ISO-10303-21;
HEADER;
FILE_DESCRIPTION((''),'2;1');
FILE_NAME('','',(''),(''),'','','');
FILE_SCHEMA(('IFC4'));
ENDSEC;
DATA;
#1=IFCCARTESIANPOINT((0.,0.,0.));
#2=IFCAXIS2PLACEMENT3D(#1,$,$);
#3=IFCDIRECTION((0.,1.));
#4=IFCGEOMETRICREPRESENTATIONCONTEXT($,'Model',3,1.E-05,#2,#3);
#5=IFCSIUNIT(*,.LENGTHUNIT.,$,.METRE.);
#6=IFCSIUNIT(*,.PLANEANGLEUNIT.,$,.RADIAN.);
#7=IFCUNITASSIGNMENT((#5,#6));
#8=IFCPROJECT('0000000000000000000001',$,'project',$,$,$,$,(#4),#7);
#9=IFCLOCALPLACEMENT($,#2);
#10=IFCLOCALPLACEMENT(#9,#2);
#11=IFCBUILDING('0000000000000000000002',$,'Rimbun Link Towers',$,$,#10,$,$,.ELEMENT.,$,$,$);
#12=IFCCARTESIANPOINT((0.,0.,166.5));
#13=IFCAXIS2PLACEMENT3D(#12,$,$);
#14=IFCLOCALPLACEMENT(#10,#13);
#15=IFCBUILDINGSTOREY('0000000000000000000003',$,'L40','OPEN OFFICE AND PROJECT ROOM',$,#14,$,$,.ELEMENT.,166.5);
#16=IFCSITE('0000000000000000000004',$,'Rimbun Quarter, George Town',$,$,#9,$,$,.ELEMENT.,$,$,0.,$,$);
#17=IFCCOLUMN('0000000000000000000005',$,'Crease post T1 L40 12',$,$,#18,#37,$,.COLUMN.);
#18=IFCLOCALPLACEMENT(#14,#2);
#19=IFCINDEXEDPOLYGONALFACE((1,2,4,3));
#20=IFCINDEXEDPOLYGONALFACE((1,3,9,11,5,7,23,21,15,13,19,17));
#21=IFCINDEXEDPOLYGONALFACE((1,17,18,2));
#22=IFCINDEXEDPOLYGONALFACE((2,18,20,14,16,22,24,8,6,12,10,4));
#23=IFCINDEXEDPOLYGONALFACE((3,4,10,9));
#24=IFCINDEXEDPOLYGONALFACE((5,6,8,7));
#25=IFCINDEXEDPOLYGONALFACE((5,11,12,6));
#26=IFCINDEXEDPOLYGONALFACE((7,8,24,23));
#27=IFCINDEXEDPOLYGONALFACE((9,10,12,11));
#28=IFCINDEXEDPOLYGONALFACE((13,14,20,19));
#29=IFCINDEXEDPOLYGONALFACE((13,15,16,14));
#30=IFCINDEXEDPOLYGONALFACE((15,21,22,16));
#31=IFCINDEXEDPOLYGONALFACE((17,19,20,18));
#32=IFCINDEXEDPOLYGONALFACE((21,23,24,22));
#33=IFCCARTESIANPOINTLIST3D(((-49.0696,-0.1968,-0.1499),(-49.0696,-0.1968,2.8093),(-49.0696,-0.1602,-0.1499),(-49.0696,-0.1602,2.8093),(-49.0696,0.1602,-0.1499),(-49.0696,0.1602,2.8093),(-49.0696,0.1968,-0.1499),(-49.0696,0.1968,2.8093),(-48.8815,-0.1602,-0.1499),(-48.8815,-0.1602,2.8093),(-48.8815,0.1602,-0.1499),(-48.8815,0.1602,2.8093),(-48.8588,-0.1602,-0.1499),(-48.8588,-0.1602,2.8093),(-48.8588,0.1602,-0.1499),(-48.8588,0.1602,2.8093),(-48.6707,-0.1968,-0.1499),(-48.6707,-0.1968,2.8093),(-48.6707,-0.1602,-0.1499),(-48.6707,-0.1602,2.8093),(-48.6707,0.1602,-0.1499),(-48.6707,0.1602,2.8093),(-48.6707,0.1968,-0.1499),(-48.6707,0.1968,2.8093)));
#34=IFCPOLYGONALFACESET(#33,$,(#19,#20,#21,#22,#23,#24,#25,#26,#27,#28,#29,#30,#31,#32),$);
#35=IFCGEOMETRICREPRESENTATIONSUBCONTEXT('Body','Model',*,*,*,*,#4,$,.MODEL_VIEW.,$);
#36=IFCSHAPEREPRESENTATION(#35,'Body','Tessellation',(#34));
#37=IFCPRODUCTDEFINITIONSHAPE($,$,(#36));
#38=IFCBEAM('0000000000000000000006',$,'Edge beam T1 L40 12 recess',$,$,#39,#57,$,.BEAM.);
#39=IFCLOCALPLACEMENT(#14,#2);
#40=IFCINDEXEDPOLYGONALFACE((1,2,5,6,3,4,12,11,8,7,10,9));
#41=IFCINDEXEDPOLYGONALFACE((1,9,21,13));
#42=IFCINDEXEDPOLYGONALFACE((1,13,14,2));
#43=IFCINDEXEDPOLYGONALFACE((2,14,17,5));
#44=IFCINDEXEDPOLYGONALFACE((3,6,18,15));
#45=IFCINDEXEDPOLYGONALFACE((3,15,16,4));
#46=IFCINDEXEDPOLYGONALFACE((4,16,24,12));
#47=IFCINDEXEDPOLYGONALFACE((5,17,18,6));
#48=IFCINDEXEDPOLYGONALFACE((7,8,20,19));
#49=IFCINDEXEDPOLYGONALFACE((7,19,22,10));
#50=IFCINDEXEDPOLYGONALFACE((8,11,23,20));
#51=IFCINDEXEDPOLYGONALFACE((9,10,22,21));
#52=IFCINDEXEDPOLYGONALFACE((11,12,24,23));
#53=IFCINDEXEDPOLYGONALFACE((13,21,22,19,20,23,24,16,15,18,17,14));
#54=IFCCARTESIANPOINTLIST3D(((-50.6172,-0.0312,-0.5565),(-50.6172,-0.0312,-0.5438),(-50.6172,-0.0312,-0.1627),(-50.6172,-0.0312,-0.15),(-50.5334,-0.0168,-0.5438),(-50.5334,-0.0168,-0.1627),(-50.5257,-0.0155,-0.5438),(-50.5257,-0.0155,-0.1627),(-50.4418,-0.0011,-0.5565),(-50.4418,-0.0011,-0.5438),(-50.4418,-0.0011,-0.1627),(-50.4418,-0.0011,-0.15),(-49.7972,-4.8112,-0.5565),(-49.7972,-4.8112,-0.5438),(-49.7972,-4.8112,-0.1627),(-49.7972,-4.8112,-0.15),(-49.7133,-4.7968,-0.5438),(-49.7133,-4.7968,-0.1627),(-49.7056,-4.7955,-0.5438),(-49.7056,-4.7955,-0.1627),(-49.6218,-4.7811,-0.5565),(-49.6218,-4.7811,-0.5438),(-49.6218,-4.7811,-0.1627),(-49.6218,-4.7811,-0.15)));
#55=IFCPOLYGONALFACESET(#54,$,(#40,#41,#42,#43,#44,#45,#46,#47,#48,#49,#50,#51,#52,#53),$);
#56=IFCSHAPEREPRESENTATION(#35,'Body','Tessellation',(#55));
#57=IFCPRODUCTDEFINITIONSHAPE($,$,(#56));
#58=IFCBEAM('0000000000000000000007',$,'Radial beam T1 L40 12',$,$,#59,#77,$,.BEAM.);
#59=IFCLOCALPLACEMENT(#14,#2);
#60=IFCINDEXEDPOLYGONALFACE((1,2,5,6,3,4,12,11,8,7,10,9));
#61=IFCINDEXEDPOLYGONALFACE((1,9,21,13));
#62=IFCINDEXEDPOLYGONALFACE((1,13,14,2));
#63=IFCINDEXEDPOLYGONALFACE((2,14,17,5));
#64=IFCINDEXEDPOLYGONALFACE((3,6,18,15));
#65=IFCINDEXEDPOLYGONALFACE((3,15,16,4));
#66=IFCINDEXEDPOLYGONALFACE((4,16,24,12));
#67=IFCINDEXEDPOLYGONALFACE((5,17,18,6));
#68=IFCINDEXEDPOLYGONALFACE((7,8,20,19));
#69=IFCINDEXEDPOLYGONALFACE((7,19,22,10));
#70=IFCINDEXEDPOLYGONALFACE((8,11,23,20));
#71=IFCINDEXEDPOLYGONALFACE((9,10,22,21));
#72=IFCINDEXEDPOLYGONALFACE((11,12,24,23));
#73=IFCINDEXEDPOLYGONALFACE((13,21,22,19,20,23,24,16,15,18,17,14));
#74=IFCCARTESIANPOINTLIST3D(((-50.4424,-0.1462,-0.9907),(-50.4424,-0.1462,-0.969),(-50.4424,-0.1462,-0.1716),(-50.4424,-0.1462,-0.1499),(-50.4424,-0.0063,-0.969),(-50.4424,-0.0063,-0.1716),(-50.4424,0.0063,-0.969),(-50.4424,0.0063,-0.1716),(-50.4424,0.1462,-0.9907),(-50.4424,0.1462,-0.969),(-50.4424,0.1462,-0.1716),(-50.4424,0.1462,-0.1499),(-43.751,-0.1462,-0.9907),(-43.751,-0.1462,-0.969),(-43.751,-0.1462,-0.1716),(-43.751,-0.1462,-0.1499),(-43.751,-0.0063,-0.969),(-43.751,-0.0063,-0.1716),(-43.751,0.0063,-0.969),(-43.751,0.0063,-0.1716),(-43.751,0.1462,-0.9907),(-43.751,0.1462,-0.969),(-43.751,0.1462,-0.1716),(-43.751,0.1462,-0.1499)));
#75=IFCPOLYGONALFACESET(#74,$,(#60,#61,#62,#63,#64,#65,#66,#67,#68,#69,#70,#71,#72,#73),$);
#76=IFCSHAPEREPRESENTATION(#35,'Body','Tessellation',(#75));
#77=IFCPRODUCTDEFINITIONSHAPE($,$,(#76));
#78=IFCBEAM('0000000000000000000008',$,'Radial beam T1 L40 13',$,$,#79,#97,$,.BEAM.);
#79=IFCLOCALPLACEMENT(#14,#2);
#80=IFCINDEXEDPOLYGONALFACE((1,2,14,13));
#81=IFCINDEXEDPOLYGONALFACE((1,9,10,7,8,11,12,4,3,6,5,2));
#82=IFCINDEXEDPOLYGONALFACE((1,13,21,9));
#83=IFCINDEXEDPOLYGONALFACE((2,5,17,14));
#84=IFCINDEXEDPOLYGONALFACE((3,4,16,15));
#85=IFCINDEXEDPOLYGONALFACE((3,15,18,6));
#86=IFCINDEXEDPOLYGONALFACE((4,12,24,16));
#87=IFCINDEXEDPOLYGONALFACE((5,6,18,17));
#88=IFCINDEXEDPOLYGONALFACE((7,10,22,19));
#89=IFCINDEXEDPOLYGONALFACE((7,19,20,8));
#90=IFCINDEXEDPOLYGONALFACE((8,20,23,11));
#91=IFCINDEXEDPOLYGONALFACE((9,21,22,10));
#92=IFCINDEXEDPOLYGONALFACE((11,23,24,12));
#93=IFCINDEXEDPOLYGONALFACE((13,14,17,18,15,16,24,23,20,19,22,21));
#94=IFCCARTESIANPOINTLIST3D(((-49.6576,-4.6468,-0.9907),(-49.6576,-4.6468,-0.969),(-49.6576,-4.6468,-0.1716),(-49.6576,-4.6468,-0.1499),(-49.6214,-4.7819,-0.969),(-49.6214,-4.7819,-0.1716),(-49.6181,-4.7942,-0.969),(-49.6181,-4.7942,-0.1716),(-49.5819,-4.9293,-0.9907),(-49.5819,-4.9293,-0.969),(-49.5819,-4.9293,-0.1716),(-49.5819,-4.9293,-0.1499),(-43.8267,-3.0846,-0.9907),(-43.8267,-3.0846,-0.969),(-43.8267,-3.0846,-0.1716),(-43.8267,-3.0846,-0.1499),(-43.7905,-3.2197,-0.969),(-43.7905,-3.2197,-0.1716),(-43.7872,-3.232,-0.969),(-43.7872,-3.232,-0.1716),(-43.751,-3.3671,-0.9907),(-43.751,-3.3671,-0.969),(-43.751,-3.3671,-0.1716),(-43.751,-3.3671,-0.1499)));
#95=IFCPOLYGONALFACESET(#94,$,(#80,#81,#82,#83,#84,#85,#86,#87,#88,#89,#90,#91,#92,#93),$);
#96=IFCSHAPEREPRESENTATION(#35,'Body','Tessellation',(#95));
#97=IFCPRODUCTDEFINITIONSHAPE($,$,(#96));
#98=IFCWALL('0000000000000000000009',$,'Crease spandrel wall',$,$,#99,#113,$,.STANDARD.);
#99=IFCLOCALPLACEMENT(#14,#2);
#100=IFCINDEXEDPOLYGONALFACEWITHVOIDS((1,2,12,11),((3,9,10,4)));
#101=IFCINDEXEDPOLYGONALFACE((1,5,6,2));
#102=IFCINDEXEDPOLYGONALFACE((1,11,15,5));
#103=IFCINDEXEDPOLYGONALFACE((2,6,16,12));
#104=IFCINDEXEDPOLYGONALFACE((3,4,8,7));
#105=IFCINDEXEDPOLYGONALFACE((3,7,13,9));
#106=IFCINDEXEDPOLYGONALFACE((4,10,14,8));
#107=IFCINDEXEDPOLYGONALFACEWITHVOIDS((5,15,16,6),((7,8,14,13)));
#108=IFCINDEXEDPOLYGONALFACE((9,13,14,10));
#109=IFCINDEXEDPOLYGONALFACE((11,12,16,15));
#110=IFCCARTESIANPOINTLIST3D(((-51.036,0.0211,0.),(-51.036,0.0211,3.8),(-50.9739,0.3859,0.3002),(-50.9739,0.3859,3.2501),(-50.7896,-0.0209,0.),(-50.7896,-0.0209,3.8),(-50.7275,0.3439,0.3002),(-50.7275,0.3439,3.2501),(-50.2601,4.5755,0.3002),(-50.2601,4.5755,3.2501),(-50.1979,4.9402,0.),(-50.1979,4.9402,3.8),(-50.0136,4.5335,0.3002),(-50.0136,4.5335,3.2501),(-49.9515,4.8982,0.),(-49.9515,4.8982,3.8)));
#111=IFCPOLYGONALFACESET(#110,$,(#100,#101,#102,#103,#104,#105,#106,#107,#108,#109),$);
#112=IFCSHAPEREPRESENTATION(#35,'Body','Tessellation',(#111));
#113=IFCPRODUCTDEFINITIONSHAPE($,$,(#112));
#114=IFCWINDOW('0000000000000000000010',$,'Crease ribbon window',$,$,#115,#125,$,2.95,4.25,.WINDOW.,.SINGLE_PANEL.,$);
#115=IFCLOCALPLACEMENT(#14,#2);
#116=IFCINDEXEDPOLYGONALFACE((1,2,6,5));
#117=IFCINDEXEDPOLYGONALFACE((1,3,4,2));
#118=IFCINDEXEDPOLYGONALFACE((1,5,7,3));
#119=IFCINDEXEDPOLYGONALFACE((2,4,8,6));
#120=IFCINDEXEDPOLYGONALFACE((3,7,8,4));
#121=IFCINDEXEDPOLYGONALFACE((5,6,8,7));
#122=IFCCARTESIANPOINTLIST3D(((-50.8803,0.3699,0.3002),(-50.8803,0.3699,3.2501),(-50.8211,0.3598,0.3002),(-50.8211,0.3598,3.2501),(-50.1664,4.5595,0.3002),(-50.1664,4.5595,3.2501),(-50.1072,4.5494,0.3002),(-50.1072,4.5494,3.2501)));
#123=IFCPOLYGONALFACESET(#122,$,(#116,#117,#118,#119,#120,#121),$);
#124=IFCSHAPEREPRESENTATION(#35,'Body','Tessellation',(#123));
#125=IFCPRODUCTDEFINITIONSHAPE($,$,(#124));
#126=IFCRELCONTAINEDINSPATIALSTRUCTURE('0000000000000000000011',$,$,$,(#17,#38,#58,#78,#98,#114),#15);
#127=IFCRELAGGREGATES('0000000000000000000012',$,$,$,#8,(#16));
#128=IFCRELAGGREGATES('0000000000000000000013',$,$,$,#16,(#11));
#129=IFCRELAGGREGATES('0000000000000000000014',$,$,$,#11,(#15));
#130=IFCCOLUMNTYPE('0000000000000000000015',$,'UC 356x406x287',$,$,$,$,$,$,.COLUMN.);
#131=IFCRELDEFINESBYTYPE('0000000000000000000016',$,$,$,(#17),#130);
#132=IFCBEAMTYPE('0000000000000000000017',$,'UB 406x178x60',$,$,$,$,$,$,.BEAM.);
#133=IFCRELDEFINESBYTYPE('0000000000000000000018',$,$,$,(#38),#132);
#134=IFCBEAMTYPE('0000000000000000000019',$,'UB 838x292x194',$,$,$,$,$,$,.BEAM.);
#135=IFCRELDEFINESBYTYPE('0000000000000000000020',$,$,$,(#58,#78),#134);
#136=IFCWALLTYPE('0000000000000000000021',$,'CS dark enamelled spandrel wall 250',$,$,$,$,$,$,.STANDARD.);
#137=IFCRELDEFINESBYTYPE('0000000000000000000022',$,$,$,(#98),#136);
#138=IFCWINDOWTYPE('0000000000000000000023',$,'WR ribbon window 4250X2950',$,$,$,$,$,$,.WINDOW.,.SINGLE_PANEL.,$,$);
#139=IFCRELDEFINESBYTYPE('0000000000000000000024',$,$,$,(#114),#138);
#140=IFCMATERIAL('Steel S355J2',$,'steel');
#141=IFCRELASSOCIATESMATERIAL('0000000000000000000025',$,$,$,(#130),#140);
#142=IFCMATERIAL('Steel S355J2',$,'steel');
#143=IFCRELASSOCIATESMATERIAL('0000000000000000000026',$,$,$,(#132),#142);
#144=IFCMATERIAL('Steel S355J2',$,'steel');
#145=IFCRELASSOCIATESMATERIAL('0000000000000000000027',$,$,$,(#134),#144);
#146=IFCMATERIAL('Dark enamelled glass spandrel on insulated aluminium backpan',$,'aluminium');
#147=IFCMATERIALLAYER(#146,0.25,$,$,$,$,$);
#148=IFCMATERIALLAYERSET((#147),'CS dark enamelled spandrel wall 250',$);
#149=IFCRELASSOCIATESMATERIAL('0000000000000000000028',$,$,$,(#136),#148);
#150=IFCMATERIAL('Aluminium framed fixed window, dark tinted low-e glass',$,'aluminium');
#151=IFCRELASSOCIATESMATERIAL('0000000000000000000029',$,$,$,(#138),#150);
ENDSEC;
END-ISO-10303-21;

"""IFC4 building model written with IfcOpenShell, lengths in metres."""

from ifc_helpers import new_model, si_unit, direction, frame, frame_2d, origin, origin_2d, place, context, subcontext, project, spatial, rectangle, i_section, extrude, material, layer, layer_set, material_profile, profile_set, type_object, element, fill, save


model = new_model("IFC4")

# Units and contexts
model_context = context("Model", 3, precision=1e-05, world=origin(), true_north=direction((0.0, 1.0)))
body_context = subcontext(model_context, "Body", "Model", "MODEL_VIEW")
ifc_project = project(units=[si_unit("LENGTHUNIT", "METRE"), si_unit("PLANEANGLEUNIT", "RADIAN")], contexts=[model_context])

# Site, building, storey
site_placement = place(None, origin())
site = spatial("IfcSite", under=ifc_project, at=site_placement, Name="Rimbun Quarter, George Town", CompositionType="ELEMENT", RefElevation=0.0)
building_placement = place(site_placement, origin())
building = spatial("IfcBuilding", under=site, at=building_placement, Name="Rimbun Link Towers", CompositionType="ELEMENT")
storey_placement = place(building_placement, frame((0.0, 0.0, 166.5)))
storey = spatial("IfcBuildingStorey", under=building, at=storey_placement, Name="L40", Description="OPEN OFFICE AND PROJECT ROOM", CompositionType="ELEMENT", Elevation=166.5)

# Column
ifc_material_1 = material(Name="Steel S355J2", Category="steel")
ifc_material_profile_1 = material_profile(ifc_material_1, i_section(OverallWidth=0.3989, OverallDepth=0.3936, WebThickness=0.0227, FlangeThickness=0.0366, at=origin_2d()), Name="UC 356x406x287")
ifc_profile_set_1 = profile_set([ifc_material_profile_1], Name="Steel S355J2")
column_type = type_object("IfcColumnType", Name="UC 356x406x287", PredefinedType="COLUMN", material=ifc_profile_set_1)
column_placement = place(storey_placement, frame((-48.8701, 0.0, -0.1499), z_axis=(0.0, 0.0, 1.0), x_axis=(1.0, 0.0, 0.0)))
element("IfcColumn", 1, at=column_placement, inside=storey, type_object=column_type, Name="Crease post T1 L40 12", PredefinedType="COLUMN", context=body_context, shape_type="SweptSolid", body=[
    extrude(i_section(OverallWidth=0.3989, OverallDepth=0.3936, WebThickness=0.0227, FlangeThickness=0.0366, at=origin_2d()), origin(), (0.0, 0.0, 1.0), 2.9592),
])

# Beams
ifc_material_2 = material(Name="Steel S355J2", Category="steel")
ifc_material_profile_2 = material_profile(ifc_material_2, i_section(OverallWidth=0.178, OverallDepth=0.4065, WebThickness=0.0078, FlangeThickness=0.0127, at=origin_2d()), Name="UB 406x178x60")
ifc_profile_set_2 = profile_set([ifc_material_profile_2], Name="Steel S355J2")
beam_type_1 = type_object("IfcBeamType", Name="UB 406x178x60", PredefinedType="BEAM", material=ifc_profile_set_2)
beam_1_placement = place(storey_placement, frame((-50.5295, -0.0161, -0.3533), z_axis=(0.169091, -0.9856, 0.0), x_axis=(0.9856, 0.169091, 0.0)))
element("IfcBeam", 2, at=beam_1_placement, inside=storey, type_object=beam_type_1, Name="Edge beam T1 L40 12 recess", PredefinedType="BEAM", context=body_context, shape_type="SweptSolid", body=[
    extrude(i_section(OverallWidth=0.178, OverallDepth=0.4065, WebThickness=0.0078, FlangeThickness=0.0127, at=origin_2d()), origin(), (0.0, 0.0, 1.0), 4.8499),
])
ifc_material_3 = material(Name="Steel S355J2", Category="steel")
ifc_material_profile_3 = material_profile(ifc_material_3, i_section(OverallWidth=0.2925, OverallDepth=0.8408, WebThickness=0.0127, FlangeThickness=0.0217, at=origin_2d()), Name="UB 838x292x194")
ifc_profile_set_3 = profile_set([ifc_material_profile_3], Name="Steel S355J2")
beam_type_2 = type_object("IfcBeamType", Name="UB 838x292x194", PredefinedType="BEAM", material=ifc_profile_set_3)
beam_2_placement = place(storey_placement, frame((-43.751, 0.0, -0.5703), z_axis=(-1.0, 0.0, 0.0), x_axis=(0.0, -1.0, 0.0)))
element("IfcBeam", 3, at=beam_2_placement, inside=storey, type_object=beam_type_2, Name="Radial beam T1 L40 12", PredefinedType="BEAM", context=body_context, shape_type="SweptSolid", body=[
    extrude(i_section(OverallWidth=0.2925, OverallDepth=0.8408, WebThickness=0.0127, FlangeThickness=0.0217, at=origin_2d()), origin(), (0.0, 0.0, 1.0), 6.6914),
])
beam_3_placement = place(storey_placement, frame((-43.7888, -3.2258, -0.5703), z_axis=(-0.965933, -0.258793, 0.0), x_axis=(0.258793, -0.965933, 0.0)))
element("IfcBeam", 4, at=beam_3_placement, inside=storey, type_object=beam_type_2, Name="Radial beam T1 L40 13", PredefinedType="BEAM", context=body_context, shape_type="SweptSolid", body=[
    extrude(i_section(OverallWidth=0.2925, OverallDepth=0.8408, WebThickness=0.0127, FlangeThickness=0.0217, at=origin_2d()), origin(), (0.0, 0.0, 1.0), 6.0366),
])

# Wall, opening, window
ifc_material_4 = material(Name="Dark enamelled glass spandrel on insulated aluminium backpan", Category="aluminium")
ifc_layer_1 = layer(ifc_material_4, 0.25)
ifc_layer_set_1 = layer_set([ifc_layer_1], Name="CS dark enamelled spandrel wall 250")
wall_type_1 = type_object("IfcWallType", Name="CS dark enamelled spandrel wall 250", PredefinedType="STANDARD", material=ifc_layer_set_1)
wall_1_placement = place(storey_placement, frame((-50.9128, 0.0, 0.0), z_axis=(0.0, 0.0, 1.0), x_axis=(0.16796, 0.985794, 0.0)))
wall_1 = element("IfcWall", 5, at=wall_1_placement, inside=storey, type_object=wall_type_1, Name="Crease spandrel wall", PredefinedType="STANDARD", context=body_context, shape_type="SweptSolid", body=[
    extrude(rectangle(XDim=4.99, YDim=0.25, at=frame_2d((2.4951, 0.0))), origin(), (0.0, 0.0, 1.0), 3.8),
])
opening_1_placement = place(wall_1_placement, frame((0.3701, 0.0, 0.3)))
opening_1 = element("IfcOpeningElement", 6, at=opening_1_placement, cuts=wall_1, PredefinedType="OPENING", context=body_context, shape_type="SweptSolid", body=[
    extrude(rectangle(XDim=4.25, YDim=2.95, at=frame_2d((2.125, 1.4751))), frame((0.0, 0.135, 0.0), z_axis=(0.0, -1.0, 0.0), x_axis=(1.0, 0.0, 0.0)), (0.0, 0.0, 1.0), 0.27),
])
ifc_material_5 = material(Name="Aluminium framed fixed window, dark tinted low-e glass", Category="aluminium")
window_type = type_object("IfcWindowType", Name="WR ribbon window 4250X2950", PartitioningType="SINGLE_PANEL", PredefinedType="WINDOW", material=ifc_material_5)
window_placement = place(opening_1_placement, origin())
window = element("IfcWindow", 7, at=window_placement, inside=storey, type_object=window_type, Name="Crease ribbon window", OverallHeight=2.95, OverallWidth=4.25, PartitioningType="SINGLE_PANEL", PredefinedType="WINDOW", context=body_context, shape_type="SweptSolid", body=[
    extrude(rectangle(XDim=4.25, YDim=2.95, at=frame_2d((2.125, 1.4751))), frame((0.0, 0.03, 0.0), z_axis=(0.0, -1.0, 0.0), x_axis=(1.0, 0.0, 0.0)), (0.0, 0.0, 1.0), 0.0601),
])
fill(opening_1, window)

save(model, "model.ifc")
